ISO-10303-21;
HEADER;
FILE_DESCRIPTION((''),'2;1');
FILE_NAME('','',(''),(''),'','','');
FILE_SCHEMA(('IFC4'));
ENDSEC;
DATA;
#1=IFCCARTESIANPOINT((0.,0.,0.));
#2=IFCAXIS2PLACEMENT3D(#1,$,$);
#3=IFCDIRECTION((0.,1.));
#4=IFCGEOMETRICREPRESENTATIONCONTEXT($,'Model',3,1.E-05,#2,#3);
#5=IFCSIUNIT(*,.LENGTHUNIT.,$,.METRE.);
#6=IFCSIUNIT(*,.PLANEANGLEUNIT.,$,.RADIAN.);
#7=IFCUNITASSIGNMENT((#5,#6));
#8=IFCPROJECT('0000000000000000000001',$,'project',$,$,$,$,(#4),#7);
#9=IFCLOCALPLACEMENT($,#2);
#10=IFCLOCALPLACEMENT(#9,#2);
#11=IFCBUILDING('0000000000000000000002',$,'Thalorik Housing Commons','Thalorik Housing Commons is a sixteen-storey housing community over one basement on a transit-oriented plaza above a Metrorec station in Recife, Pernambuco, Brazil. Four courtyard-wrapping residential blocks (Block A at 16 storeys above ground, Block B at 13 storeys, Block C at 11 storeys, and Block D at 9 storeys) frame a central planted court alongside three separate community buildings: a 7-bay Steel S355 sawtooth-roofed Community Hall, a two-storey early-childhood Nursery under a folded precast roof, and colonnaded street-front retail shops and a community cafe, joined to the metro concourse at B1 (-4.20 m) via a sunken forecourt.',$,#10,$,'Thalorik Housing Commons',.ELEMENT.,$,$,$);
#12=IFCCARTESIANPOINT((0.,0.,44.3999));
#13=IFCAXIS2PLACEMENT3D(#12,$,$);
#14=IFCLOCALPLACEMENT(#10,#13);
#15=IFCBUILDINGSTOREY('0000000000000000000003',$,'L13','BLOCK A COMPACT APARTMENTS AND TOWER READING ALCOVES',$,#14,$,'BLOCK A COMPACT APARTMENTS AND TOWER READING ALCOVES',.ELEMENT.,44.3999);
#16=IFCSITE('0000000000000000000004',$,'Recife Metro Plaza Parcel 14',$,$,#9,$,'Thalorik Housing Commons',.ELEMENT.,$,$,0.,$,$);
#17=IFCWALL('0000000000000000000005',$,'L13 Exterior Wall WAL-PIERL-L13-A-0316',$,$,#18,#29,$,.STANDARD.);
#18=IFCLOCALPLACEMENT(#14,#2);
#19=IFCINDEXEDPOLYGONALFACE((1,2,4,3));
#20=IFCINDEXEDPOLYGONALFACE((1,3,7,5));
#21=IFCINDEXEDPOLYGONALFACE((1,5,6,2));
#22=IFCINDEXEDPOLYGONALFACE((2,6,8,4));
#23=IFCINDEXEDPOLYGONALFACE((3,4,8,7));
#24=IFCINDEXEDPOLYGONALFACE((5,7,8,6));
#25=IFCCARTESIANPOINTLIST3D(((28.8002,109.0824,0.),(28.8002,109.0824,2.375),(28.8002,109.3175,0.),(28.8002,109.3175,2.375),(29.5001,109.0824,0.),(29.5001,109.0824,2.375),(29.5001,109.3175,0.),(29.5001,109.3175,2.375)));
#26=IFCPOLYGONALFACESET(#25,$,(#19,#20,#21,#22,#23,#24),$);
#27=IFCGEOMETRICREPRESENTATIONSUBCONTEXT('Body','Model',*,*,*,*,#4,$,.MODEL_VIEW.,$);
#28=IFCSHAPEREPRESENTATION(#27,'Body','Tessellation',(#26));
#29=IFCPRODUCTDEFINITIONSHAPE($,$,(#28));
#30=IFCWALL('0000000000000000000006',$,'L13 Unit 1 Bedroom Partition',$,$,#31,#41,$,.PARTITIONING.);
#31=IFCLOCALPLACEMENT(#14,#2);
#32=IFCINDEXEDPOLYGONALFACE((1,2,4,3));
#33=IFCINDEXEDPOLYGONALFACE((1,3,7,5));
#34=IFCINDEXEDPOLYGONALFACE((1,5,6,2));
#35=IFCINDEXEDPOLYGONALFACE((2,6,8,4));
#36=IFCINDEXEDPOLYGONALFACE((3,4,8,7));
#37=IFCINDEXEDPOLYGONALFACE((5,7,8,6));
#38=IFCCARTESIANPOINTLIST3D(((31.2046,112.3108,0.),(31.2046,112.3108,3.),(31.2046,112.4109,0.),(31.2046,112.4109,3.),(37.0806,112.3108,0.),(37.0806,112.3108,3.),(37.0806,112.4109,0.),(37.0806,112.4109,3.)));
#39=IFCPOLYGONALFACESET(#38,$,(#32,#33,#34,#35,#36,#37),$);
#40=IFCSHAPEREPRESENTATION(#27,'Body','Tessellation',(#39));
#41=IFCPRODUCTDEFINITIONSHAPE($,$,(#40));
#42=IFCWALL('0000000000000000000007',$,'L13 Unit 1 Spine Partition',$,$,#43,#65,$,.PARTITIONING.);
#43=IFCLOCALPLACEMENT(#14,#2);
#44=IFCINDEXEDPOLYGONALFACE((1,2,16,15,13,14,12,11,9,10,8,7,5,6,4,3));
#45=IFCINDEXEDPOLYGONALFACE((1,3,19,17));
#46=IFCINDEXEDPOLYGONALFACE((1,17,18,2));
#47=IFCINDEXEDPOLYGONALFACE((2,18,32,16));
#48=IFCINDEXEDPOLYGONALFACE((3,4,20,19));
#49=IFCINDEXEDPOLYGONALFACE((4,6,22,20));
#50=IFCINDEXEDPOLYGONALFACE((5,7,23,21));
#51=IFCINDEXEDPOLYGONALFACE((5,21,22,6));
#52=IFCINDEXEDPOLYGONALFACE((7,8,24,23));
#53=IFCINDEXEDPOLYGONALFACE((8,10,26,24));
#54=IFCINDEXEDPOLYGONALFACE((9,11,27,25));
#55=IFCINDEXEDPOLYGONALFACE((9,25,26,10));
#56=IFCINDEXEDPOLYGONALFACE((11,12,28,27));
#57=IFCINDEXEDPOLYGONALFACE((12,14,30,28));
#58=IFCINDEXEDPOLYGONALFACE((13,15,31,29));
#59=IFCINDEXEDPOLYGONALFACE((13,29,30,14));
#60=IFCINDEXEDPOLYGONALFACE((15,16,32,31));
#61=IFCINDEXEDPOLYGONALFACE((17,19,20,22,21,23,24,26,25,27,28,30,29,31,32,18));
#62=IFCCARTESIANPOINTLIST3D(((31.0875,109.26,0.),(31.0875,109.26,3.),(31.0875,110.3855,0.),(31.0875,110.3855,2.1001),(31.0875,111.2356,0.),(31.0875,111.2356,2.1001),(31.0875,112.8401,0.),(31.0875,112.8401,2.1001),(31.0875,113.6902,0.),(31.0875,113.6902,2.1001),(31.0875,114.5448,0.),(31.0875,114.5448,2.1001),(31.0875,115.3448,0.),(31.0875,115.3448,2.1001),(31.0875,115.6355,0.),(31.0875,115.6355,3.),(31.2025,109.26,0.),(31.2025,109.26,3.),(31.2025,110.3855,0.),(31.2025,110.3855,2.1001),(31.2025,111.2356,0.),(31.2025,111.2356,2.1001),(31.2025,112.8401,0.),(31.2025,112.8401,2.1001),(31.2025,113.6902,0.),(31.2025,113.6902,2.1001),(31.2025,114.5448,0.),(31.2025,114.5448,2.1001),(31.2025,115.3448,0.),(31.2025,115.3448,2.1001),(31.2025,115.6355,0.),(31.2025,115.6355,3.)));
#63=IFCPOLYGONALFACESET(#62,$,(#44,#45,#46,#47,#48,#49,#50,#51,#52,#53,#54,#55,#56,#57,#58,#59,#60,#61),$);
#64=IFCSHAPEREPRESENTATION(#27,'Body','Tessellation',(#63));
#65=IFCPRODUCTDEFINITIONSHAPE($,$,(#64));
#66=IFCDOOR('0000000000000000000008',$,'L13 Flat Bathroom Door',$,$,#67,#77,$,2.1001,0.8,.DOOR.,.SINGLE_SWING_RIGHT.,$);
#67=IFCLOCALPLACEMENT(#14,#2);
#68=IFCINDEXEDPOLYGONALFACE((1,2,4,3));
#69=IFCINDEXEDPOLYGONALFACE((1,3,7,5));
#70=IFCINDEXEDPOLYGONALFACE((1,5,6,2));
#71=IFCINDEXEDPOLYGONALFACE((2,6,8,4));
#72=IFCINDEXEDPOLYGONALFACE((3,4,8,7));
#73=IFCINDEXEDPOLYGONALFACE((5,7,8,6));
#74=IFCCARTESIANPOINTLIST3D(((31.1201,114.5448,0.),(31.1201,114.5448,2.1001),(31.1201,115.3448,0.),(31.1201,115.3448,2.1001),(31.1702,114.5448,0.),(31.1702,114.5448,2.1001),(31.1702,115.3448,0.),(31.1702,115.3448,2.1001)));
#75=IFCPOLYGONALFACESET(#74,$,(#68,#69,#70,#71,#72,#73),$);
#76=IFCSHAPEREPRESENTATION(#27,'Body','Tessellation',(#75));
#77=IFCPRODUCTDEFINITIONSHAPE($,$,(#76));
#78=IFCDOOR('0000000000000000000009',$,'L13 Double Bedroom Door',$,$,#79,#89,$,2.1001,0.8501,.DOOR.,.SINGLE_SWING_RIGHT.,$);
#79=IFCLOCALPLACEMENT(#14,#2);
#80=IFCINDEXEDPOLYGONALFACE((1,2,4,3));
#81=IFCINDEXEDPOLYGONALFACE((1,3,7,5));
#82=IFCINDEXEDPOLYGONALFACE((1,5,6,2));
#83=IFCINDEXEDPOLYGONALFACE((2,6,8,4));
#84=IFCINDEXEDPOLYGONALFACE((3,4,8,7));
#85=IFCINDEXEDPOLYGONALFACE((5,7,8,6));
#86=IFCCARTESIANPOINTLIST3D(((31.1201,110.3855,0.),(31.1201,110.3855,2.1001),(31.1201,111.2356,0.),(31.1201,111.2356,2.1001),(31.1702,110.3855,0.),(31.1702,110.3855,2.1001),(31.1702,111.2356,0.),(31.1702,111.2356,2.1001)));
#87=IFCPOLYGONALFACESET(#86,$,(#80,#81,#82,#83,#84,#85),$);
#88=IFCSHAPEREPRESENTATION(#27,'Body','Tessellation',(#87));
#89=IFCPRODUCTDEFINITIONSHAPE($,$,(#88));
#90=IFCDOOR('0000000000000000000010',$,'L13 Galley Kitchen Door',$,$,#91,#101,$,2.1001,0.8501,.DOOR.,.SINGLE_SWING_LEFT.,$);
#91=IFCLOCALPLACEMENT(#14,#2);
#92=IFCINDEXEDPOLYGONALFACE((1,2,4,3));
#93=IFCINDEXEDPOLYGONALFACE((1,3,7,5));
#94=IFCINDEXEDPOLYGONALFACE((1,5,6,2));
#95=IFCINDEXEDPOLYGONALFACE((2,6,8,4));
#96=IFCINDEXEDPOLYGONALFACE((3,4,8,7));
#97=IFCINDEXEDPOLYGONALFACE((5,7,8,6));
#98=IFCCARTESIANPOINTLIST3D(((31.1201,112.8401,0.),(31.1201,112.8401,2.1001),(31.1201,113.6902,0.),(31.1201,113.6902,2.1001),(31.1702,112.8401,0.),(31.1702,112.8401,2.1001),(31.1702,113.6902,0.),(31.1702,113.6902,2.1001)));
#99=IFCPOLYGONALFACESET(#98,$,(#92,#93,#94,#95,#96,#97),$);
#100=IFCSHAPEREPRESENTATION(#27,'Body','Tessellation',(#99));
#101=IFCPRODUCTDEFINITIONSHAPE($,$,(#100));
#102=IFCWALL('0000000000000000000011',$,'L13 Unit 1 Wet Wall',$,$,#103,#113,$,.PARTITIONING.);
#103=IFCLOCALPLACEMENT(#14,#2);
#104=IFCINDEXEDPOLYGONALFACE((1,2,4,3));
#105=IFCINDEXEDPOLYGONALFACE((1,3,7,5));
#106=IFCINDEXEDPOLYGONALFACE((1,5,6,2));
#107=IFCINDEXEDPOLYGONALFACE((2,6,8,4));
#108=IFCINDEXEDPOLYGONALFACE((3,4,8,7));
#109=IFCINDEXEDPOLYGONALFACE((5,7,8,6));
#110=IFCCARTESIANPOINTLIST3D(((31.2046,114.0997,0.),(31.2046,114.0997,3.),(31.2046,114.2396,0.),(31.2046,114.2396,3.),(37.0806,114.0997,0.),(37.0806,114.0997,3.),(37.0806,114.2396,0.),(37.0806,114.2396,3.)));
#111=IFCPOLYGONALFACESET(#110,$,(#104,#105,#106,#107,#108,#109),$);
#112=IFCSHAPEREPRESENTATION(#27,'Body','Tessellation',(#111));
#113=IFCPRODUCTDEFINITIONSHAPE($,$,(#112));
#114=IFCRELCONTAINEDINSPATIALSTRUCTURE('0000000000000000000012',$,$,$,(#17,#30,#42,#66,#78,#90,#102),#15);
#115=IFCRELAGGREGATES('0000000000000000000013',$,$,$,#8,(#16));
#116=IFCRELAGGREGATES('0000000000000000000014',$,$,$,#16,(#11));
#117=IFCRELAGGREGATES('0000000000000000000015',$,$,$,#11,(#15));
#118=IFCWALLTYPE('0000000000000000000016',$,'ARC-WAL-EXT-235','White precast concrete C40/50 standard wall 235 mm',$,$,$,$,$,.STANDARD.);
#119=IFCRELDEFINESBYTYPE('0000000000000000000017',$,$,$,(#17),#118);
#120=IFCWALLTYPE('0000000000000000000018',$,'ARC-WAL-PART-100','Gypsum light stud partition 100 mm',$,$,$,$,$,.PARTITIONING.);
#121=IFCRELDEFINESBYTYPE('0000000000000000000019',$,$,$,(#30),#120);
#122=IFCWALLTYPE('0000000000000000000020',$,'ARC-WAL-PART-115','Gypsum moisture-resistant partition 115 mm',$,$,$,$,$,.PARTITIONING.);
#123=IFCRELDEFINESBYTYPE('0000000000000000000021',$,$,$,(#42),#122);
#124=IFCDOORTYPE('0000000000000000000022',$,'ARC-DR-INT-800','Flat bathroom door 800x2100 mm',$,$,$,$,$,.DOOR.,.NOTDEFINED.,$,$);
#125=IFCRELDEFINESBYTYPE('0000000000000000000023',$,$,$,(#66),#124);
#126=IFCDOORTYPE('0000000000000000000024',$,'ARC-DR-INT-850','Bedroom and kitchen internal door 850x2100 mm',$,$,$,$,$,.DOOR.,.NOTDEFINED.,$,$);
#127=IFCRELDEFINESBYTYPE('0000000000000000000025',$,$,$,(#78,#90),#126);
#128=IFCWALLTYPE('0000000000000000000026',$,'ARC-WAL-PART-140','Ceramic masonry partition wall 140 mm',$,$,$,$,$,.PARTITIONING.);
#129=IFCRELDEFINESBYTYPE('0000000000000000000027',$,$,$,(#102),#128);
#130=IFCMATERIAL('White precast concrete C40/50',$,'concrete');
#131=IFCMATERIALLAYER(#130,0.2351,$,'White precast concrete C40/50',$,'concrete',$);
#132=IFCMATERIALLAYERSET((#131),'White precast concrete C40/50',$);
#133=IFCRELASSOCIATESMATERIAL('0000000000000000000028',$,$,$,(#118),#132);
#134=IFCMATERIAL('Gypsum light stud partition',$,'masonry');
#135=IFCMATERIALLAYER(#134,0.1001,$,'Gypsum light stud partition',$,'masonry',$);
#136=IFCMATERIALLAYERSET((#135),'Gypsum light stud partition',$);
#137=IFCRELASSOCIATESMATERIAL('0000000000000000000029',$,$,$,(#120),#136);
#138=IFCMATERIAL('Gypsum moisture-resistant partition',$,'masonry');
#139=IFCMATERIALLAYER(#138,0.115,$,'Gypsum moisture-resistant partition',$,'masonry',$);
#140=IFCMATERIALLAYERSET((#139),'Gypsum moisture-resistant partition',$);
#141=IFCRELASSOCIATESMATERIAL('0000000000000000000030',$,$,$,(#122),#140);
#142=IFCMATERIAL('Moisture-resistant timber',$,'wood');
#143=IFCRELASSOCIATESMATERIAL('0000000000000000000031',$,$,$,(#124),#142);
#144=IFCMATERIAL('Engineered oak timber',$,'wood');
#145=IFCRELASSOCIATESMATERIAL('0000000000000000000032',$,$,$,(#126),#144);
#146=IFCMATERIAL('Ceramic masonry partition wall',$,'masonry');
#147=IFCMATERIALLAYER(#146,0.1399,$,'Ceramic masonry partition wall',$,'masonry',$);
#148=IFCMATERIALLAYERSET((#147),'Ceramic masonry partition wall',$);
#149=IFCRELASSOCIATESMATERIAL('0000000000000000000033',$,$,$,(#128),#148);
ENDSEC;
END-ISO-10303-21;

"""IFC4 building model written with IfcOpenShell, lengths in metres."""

from ifc_helpers import new_model, si_unit, direction, frame, frame_2d, origin, place, context, subcontext, project, spatial, rectangle, extrude, material, layer, layer_set, type_object, element, fill, save


model = new_model("IFC4")

# Units and contexts
model_context = context("Model", 3, precision=1e-05, world=origin(), true_north=direction((0.0, 1.0)))
body_context = subcontext(model_context, "Body", "Model", "MODEL_VIEW")
ifc_project = project(units=[si_unit("LENGTHUNIT", "METRE"), si_unit("PLANEANGLEUNIT", "RADIAN")], contexts=[model_context])

# Site, building, storey
site_placement = place(None, origin())
site = spatial("IfcSite", under=ifc_project, at=site_placement, Name="Recife Metro Plaza Parcel 14", LongName="Thalorik Housing Commons", CompositionType="ELEMENT", RefElevation=0.0)
building_placement = place(site_placement, origin())
building = spatial("IfcBuilding", under=site, at=building_placement, Name="Thalorik Housing Commons", Description="Thalorik Housing Commons is a sixteen-storey housing community over one basement on a transit-oriented plaza above a Metrorec station in Recife, Pernambuco, Brazil. Four courtyard-wrapping residential blocks (Block A at 16 storeys above ground, Block B at 13 storeys, Block C at 11 storeys, and Block D at 9 storeys) frame a central planted court alongside three separate community buildings: a 7-bay Steel S355 sawtooth-roofed Community Hall, a two-storey early-childhood Nursery under a folded precast roof, and colonnaded street-front retail shops and a community cafe, joined to the metro concourse at B1 (-4.20 m) via a sunken forecourt.", LongName="Thalorik Housing Commons", CompositionType="ELEMENT")
storey_placement = place(building_placement, frame((0.0, 0.0, 44.3999)))
storey = spatial("IfcBuildingStorey", under=building, at=storey_placement, Name="L13", Description="BLOCK A COMPACT APARTMENTS AND TOWER READING ALCOVES", LongName="BLOCK A COMPACT APARTMENTS AND TOWER READING ALCOVES", CompositionType="ELEMENT", Elevation=44.3999)

# Walls
ifc_material_1 = material(Name="White precast concrete C40/50", Category="concrete")
ifc_layer_1 = layer(ifc_material_1, 0.2351, Name="White precast concrete C40/50", Category="concrete")
ifc_layer_set_1 = layer_set([ifc_layer_1], Name="White precast concrete C40/50")
wall_type_1 = type_object("IfcWallType", Name="ARC-WAL-EXT-235", Description="White precast concrete C40/50 standard wall 235 mm", PredefinedType="STANDARD", material=ifc_layer_set_1)
wall_1_placement = place(storey_placement, frame((28.8, 109.2, 0.0), z_axis=(0.0, 0.0, 1.0), x_axis=(1.0, 0.0, 0.0)))
element("IfcWall", 1, at=wall_1_placement, inside=storey, type_object=wall_type_1, Name="L13 Exterior Wall WAL-PIERL-L13-A-0316", PredefinedType="STANDARD", context=body_context, shape_type="SweptSolid", body=[
    extrude(rectangle(XDim=0.7, YDim=0.2351, at=frame_2d((0.3501, 0.0))), origin(), (0.0, 0.0, 1.0), 2.375),
])
ifc_material_2 = material(Name="Gypsum light stud partition", Category="masonry")
ifc_layer_2 = layer(ifc_material_2, 0.1001, Name="Gypsum light stud partition", Category="masonry")
ifc_layer_set_2 = layer_set([ifc_layer_2], Name="Gypsum light stud partition")
wall_type_2 = type_object("IfcWallType", Name="ARC-WAL-PART-100", Description="Gypsum light stud partition 100 mm", PredefinedType="PARTITIONING", material=ifc_layer_set_2)
wall_2_placement = place(storey_placement, frame((31.2046, 112.3608, 0.0), z_axis=(0.0, 0.0, 1.0), x_axis=(1.0, 0.0, 0.0)))
element("IfcWall", 2, at=wall_2_placement, inside=storey, type_object=wall_type_2, Name="L13 Unit 1 Bedroom Partition", PredefinedType="PARTITIONING", context=body_context, shape_type="SweptSolid", body=[
    extrude(rectangle(XDim=5.876, YDim=0.1001, at=frame_2d((2.938, 0.0))), origin(), (0.0, 0.0, 1.0), 3.0),
])

# Wall, openings, doors
ifc_material_3 = material(Name="Gypsum moisture-resistant partition", Category="masonry")
ifc_layer_3 = layer(ifc_material_3, 0.115, Name="Gypsum moisture-resistant partition", Category="masonry")
ifc_layer_set_3 = layer_set([ifc_layer_3], Name="Gypsum moisture-resistant partition")
wall_type_3 = type_object("IfcWallType", Name="ARC-WAL-PART-115", Description="Gypsum moisture-resistant partition 115 mm", PredefinedType="PARTITIONING", material=ifc_layer_set_3)
wall_3_placement = place(storey_placement, frame((31.145, 109.26, 0.0), z_axis=(0.0, 0.0, 1.0), x_axis=(0.0, 1.0, 0.0)))
wall_3 = element("IfcWall", 3, at=wall_3_placement, inside=storey, type_object=wall_type_3, Name="L13 Unit 1 Spine Partition", PredefinedType="PARTITIONING", context=body_context, shape_type="SweptSolid", body=[
    extrude(rectangle(XDim=6.3755, YDim=0.115, at=frame_2d((3.1877, 0.0))), origin(), (0.0, 0.0, 1.0), 3.0),
])
opening_1_placement = place(wall_3_placement, frame((1.1255, 0.0, 0.0)))
opening_1 = element("IfcOpeningElement", 4, at=opening_1_placement, cuts=wall_3, PredefinedType="OPENING", context=body_context, shape_type="SweptSolid", body=[
    extrude(rectangle(XDim=0.8501, YDim=2.1001, at=frame_2d((0.425, 1.05))), frame((0.0, 0.0674, 0.0), z_axis=(0.0, -1.0, 0.0), x_axis=(1.0, 0.0, 0.0)), (0.0, 0.0, 1.0), 0.135),
])
opening_2_placement = place(wall_3_placement, frame((3.5801, 0.0, 0.0)))
opening_2 = element("IfcOpeningElement", 5, at=opening_2_placement, cuts=wall_3, PredefinedType="OPENING", context=body_context, shape_type="SweptSolid", body=[
    extrude(rectangle(XDim=0.8501, YDim=2.1001, at=frame_2d((0.425, 1.05))), frame((0.0, 0.0674, 0.0), z_axis=(0.0, -1.0, 0.0), x_axis=(1.0, 0.0, 0.0)), (0.0, 0.0, 1.0), 0.135),
])
opening_3_placement = place(wall_3_placement, frame((5.2849, 0.0, 0.0)))
opening_3 = element("IfcOpeningElement", 6, at=opening_3_placement, cuts=wall_3, PredefinedType="OPENING", context=body_context, shape_type="SweptSolid", body=[
    extrude(rectangle(XDim=0.8, YDim=2.1001, at=frame_2d((0.3999, 1.05))), frame((0.0, 0.0674, 0.0), z_axis=(0.0, -1.0, 0.0), x_axis=(1.0, 0.0, 0.0)), (0.0, 0.0, 1.0), 0.135),
])
ifc_material_4 = material(Name="Moisture-resistant timber", Category="wood")
door_type_1 = type_object("IfcDoorType", Name="ARC-DR-INT-800", Description="Flat bathroom door 800x2100 mm", OperationType="NOTDEFINED", PredefinedType="DOOR", material=ifc_material_4)
door_1_placement = place(opening_3_placement, origin())
door_1 = element("IfcDoor", 7, at=door_1_placement, inside=storey, type_object=door_type_1, Name="L13 Flat Bathroom Door", OperationType="SINGLE_SWING_RIGHT", OverallHeight=2.1001, OverallWidth=0.8, PredefinedType="DOOR", context=body_context, shape_type="SweptSolid", body=[
    extrude(rectangle(XDim=0.8, YDim=2.1001, at=frame_2d((0.3999, 1.05))), frame((0.0, 0.0249, 0.0), z_axis=(0.0, -1.0, 0.0), x_axis=(1.0, 0.0, 0.0)), (0.0, 0.0, 1.0), 0.05),
])
fill(opening_3, door_1)
ifc_material_5 = material(Name="Engineered oak timber", Category="wood")
door_type_2 = type_object("IfcDoorType", Name="ARC-DR-INT-850", Description="Bedroom and kitchen internal door 850x2100 mm", OperationType="NOTDEFINED", PredefinedType="DOOR", material=ifc_material_5)
door_2_placement = place(opening_1_placement, origin())
door_2 = element("IfcDoor", 8, at=door_2_placement, inside=storey, type_object=door_type_2, Name="L13 Double Bedroom Door", OperationType="SINGLE_SWING_RIGHT", OverallHeight=2.1001, OverallWidth=0.8501, PredefinedType="DOOR", context=body_context, shape_type="SweptSolid", body=[
    extrude(rectangle(XDim=0.8501, YDim=2.1001, at=frame_2d((0.425, 1.05))), frame((0.0, 0.0249, 0.0), z_axis=(0.0, -1.0, 0.0), x_axis=(1.0, 0.0, 0.0)), (0.0, 0.0, 1.0), 0.05),
])
fill(opening_1, door_2)
door_3_placement = place(opening_2_placement, origin())
door_3 = element("IfcDoor", 9, at=door_3_placement, inside=storey, type_object=door_type_2, Name="L13 Galley Kitchen Door", OperationType="SINGLE_SWING_LEFT", OverallHeight=2.1001, OverallWidth=0.8501, PredefinedType="DOOR", context=body_context, shape_type="SweptSolid", body=[
    extrude(rectangle(XDim=0.8501, YDim=2.1001, at=frame_2d((0.425, 1.05))), frame((0.0, 0.0249, 0.0), z_axis=(0.0, -1.0, 0.0), x_axis=(1.0, 0.0, 0.0)), (0.0, 0.0, 1.0), 0.05),
])
fill(opening_2, door_3)

# Wall
ifc_material_6 = material(Name="Ceramic masonry partition wall", Category="masonry")
ifc_layer_4 = layer(ifc_material_6, 0.1399, Name="Ceramic masonry partition wall", Category="masonry")
ifc_layer_set_4 = layer_set([ifc_layer_4], Name="Ceramic masonry partition wall")
wall_type_4 = type_object("IfcWallType", Name="ARC-WAL-PART-140", Description="Ceramic masonry partition wall 140 mm", PredefinedType="PARTITIONING", material=ifc_layer_set_4)
wall_4_placement = place(storey_placement, frame((31.2046, 114.1697, 0.0), z_axis=(0.0, 0.0, 1.0), x_axis=(1.0, 0.0, 0.0)))
element("IfcWall", 10, at=wall_4_placement, inside=storey, type_object=wall_type_4, Name="L13 Unit 1 Wet Wall", PredefinedType="PARTITIONING", context=body_context, shape_type="SweptSolid", body=[
    extrude(rectangle(XDim=5.876, YDim=0.1399, at=frame_2d((2.938, 0.0))), origin(), (0.0, 0.0, 1.0), 3.0),
])

save(model, "model.ifc")
